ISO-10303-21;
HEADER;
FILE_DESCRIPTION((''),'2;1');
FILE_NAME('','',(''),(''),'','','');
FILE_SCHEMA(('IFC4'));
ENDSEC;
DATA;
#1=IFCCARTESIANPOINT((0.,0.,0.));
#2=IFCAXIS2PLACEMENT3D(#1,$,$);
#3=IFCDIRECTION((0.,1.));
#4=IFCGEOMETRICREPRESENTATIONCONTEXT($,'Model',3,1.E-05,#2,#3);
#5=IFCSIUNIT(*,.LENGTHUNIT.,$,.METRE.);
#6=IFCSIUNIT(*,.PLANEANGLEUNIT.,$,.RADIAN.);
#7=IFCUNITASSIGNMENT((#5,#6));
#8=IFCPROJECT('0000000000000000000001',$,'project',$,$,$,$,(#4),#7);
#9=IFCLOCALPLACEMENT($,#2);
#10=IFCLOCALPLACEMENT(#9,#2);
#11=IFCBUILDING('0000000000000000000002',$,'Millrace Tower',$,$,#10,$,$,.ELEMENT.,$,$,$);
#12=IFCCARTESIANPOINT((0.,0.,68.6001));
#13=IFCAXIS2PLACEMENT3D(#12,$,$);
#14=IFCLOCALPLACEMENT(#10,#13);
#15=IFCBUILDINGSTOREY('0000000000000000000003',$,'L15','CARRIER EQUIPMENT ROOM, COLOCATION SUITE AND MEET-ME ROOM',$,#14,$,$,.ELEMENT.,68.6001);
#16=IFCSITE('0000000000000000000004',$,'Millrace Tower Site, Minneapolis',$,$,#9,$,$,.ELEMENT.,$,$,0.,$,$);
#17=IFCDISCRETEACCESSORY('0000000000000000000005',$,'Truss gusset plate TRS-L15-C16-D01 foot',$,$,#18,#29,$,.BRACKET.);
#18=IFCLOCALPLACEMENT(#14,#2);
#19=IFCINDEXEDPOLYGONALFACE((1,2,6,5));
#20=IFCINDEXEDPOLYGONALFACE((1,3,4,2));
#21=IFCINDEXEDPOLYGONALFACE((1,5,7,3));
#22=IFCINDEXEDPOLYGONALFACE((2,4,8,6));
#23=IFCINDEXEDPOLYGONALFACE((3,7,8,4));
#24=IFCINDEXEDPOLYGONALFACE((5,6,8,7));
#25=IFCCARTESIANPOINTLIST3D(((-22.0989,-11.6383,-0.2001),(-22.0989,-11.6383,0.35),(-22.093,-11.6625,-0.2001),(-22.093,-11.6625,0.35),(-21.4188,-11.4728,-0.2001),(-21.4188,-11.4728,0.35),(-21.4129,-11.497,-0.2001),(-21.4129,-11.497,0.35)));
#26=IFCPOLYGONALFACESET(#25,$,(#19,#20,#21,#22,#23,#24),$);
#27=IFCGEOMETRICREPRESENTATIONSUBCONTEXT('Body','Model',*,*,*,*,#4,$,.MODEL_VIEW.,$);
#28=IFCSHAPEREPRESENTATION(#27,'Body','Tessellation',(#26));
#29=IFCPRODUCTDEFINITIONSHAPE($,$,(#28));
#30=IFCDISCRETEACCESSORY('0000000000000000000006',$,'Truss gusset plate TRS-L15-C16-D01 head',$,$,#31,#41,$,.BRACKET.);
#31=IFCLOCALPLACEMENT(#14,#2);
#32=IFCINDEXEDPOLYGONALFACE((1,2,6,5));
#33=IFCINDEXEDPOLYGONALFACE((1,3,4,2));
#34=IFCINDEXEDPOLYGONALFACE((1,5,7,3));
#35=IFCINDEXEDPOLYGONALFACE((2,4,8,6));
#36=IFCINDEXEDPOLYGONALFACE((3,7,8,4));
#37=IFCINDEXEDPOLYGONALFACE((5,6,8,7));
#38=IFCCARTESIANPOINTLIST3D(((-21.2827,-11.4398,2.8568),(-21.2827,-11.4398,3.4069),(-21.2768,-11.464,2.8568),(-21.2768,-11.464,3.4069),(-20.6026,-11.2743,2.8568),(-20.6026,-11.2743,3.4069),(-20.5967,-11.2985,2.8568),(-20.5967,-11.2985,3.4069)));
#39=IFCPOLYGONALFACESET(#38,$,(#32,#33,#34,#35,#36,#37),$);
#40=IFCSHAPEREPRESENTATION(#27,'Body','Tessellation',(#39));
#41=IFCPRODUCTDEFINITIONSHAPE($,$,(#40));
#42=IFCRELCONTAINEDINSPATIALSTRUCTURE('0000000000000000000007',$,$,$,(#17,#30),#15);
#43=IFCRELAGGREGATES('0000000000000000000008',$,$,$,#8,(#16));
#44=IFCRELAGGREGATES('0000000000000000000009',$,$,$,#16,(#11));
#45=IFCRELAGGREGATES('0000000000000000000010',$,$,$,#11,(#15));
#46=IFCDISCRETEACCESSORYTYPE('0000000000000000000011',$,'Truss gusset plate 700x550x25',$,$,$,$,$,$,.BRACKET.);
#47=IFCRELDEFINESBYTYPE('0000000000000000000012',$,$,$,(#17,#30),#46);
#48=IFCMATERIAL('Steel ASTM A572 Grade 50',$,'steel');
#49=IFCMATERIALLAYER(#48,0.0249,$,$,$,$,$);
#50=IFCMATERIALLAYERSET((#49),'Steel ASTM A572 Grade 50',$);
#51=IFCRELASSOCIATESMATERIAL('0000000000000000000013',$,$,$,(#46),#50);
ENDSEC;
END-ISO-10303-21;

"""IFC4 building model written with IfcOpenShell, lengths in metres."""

from ifc_helpers import new_model, si_unit, direction, frame, origin, origin_2d, place, context, subcontext, project, spatial, rectangle, extrude, material, layer, layer_set, type_object, element, save


model = new_model("IFC4")

# Units and contexts
model_context = context("Model", 3, precision=1e-05, world=origin(), true_north=direction((0.0, 1.0)))
body_context = subcontext(model_context, "Body", "Model", "MODEL_VIEW")
ifc_project = project(units=[si_unit("LENGTHUNIT", "METRE"), si_unit("PLANEANGLEUNIT", "RADIAN")], contexts=[model_context])

# Site, building, storey
site_placement = place(None, origin())
site = spatial("IfcSite", under=ifc_project, at=site_placement, Name="Millrace Tower Site, Minneapolis", CompositionType="ELEMENT", RefElevation=0.0)
building_placement = place(site_placement, origin())
building = spatial("IfcBuilding", under=site, at=building_placement, Name="Millrace Tower", CompositionType="ELEMENT")
storey_placement = place(building_placement, frame((0.0, 0.0, 68.6001)))
storey = spatial("IfcBuildingStorey", under=building, at=storey_placement, Name="L15", Description="CARRIER EQUIPMENT ROOM, COLOCATION SUITE AND MEET-ME ROOM", CompositionType="ELEMENT", Elevation=68.6001)

# Discrete accessories
ifc_material_1 = material(Name="Steel ASTM A572 Grade 50", Category="steel")
ifc_layer_1 = layer(ifc_material_1, 0.0249)
ifc_layer_set_1 = layer_set([ifc_layer_1], Name="Steel ASTM A572 Grade 50")
discrete_accessory_type = type_object("IfcDiscreteAccessoryType", Name="Truss gusset plate 700x550x25", PredefinedType="BRACKET", material=ifc_layer_set_1)
for number, where, z_axis, x_axis, name in (
    (1, (-22.0959, -11.6504, 0.075), (0.971642, 0.236458, 0.0), (-0.236458, 0.971642, 0.0), "Truss gusset plate TRS-L15-C16-D01 foot"),
    (2, (-21.2798, -11.4519, 3.1318), (0.971642, 0.236458, 0.0), (-0.236458, 0.971642, 0.0), "Truss gusset plate TRS-L15-C16-D01 head"),
):
    element("IfcDiscreteAccessory", number, at=place(storey_placement, frame(where, z_axis=z_axis, x_axis=x_axis)), inside=storey, type_object=discrete_accessory_type, Name=name, PredefinedType="BRACKET", context=body_context, shape_type="SweptSolid", body=[
        extrude(rectangle(XDim=0.0249, YDim=0.55, at=origin_2d()), origin(), (0.0, 0.0, 1.0), 0.7),
    ])

save(model, "model.ifc")
